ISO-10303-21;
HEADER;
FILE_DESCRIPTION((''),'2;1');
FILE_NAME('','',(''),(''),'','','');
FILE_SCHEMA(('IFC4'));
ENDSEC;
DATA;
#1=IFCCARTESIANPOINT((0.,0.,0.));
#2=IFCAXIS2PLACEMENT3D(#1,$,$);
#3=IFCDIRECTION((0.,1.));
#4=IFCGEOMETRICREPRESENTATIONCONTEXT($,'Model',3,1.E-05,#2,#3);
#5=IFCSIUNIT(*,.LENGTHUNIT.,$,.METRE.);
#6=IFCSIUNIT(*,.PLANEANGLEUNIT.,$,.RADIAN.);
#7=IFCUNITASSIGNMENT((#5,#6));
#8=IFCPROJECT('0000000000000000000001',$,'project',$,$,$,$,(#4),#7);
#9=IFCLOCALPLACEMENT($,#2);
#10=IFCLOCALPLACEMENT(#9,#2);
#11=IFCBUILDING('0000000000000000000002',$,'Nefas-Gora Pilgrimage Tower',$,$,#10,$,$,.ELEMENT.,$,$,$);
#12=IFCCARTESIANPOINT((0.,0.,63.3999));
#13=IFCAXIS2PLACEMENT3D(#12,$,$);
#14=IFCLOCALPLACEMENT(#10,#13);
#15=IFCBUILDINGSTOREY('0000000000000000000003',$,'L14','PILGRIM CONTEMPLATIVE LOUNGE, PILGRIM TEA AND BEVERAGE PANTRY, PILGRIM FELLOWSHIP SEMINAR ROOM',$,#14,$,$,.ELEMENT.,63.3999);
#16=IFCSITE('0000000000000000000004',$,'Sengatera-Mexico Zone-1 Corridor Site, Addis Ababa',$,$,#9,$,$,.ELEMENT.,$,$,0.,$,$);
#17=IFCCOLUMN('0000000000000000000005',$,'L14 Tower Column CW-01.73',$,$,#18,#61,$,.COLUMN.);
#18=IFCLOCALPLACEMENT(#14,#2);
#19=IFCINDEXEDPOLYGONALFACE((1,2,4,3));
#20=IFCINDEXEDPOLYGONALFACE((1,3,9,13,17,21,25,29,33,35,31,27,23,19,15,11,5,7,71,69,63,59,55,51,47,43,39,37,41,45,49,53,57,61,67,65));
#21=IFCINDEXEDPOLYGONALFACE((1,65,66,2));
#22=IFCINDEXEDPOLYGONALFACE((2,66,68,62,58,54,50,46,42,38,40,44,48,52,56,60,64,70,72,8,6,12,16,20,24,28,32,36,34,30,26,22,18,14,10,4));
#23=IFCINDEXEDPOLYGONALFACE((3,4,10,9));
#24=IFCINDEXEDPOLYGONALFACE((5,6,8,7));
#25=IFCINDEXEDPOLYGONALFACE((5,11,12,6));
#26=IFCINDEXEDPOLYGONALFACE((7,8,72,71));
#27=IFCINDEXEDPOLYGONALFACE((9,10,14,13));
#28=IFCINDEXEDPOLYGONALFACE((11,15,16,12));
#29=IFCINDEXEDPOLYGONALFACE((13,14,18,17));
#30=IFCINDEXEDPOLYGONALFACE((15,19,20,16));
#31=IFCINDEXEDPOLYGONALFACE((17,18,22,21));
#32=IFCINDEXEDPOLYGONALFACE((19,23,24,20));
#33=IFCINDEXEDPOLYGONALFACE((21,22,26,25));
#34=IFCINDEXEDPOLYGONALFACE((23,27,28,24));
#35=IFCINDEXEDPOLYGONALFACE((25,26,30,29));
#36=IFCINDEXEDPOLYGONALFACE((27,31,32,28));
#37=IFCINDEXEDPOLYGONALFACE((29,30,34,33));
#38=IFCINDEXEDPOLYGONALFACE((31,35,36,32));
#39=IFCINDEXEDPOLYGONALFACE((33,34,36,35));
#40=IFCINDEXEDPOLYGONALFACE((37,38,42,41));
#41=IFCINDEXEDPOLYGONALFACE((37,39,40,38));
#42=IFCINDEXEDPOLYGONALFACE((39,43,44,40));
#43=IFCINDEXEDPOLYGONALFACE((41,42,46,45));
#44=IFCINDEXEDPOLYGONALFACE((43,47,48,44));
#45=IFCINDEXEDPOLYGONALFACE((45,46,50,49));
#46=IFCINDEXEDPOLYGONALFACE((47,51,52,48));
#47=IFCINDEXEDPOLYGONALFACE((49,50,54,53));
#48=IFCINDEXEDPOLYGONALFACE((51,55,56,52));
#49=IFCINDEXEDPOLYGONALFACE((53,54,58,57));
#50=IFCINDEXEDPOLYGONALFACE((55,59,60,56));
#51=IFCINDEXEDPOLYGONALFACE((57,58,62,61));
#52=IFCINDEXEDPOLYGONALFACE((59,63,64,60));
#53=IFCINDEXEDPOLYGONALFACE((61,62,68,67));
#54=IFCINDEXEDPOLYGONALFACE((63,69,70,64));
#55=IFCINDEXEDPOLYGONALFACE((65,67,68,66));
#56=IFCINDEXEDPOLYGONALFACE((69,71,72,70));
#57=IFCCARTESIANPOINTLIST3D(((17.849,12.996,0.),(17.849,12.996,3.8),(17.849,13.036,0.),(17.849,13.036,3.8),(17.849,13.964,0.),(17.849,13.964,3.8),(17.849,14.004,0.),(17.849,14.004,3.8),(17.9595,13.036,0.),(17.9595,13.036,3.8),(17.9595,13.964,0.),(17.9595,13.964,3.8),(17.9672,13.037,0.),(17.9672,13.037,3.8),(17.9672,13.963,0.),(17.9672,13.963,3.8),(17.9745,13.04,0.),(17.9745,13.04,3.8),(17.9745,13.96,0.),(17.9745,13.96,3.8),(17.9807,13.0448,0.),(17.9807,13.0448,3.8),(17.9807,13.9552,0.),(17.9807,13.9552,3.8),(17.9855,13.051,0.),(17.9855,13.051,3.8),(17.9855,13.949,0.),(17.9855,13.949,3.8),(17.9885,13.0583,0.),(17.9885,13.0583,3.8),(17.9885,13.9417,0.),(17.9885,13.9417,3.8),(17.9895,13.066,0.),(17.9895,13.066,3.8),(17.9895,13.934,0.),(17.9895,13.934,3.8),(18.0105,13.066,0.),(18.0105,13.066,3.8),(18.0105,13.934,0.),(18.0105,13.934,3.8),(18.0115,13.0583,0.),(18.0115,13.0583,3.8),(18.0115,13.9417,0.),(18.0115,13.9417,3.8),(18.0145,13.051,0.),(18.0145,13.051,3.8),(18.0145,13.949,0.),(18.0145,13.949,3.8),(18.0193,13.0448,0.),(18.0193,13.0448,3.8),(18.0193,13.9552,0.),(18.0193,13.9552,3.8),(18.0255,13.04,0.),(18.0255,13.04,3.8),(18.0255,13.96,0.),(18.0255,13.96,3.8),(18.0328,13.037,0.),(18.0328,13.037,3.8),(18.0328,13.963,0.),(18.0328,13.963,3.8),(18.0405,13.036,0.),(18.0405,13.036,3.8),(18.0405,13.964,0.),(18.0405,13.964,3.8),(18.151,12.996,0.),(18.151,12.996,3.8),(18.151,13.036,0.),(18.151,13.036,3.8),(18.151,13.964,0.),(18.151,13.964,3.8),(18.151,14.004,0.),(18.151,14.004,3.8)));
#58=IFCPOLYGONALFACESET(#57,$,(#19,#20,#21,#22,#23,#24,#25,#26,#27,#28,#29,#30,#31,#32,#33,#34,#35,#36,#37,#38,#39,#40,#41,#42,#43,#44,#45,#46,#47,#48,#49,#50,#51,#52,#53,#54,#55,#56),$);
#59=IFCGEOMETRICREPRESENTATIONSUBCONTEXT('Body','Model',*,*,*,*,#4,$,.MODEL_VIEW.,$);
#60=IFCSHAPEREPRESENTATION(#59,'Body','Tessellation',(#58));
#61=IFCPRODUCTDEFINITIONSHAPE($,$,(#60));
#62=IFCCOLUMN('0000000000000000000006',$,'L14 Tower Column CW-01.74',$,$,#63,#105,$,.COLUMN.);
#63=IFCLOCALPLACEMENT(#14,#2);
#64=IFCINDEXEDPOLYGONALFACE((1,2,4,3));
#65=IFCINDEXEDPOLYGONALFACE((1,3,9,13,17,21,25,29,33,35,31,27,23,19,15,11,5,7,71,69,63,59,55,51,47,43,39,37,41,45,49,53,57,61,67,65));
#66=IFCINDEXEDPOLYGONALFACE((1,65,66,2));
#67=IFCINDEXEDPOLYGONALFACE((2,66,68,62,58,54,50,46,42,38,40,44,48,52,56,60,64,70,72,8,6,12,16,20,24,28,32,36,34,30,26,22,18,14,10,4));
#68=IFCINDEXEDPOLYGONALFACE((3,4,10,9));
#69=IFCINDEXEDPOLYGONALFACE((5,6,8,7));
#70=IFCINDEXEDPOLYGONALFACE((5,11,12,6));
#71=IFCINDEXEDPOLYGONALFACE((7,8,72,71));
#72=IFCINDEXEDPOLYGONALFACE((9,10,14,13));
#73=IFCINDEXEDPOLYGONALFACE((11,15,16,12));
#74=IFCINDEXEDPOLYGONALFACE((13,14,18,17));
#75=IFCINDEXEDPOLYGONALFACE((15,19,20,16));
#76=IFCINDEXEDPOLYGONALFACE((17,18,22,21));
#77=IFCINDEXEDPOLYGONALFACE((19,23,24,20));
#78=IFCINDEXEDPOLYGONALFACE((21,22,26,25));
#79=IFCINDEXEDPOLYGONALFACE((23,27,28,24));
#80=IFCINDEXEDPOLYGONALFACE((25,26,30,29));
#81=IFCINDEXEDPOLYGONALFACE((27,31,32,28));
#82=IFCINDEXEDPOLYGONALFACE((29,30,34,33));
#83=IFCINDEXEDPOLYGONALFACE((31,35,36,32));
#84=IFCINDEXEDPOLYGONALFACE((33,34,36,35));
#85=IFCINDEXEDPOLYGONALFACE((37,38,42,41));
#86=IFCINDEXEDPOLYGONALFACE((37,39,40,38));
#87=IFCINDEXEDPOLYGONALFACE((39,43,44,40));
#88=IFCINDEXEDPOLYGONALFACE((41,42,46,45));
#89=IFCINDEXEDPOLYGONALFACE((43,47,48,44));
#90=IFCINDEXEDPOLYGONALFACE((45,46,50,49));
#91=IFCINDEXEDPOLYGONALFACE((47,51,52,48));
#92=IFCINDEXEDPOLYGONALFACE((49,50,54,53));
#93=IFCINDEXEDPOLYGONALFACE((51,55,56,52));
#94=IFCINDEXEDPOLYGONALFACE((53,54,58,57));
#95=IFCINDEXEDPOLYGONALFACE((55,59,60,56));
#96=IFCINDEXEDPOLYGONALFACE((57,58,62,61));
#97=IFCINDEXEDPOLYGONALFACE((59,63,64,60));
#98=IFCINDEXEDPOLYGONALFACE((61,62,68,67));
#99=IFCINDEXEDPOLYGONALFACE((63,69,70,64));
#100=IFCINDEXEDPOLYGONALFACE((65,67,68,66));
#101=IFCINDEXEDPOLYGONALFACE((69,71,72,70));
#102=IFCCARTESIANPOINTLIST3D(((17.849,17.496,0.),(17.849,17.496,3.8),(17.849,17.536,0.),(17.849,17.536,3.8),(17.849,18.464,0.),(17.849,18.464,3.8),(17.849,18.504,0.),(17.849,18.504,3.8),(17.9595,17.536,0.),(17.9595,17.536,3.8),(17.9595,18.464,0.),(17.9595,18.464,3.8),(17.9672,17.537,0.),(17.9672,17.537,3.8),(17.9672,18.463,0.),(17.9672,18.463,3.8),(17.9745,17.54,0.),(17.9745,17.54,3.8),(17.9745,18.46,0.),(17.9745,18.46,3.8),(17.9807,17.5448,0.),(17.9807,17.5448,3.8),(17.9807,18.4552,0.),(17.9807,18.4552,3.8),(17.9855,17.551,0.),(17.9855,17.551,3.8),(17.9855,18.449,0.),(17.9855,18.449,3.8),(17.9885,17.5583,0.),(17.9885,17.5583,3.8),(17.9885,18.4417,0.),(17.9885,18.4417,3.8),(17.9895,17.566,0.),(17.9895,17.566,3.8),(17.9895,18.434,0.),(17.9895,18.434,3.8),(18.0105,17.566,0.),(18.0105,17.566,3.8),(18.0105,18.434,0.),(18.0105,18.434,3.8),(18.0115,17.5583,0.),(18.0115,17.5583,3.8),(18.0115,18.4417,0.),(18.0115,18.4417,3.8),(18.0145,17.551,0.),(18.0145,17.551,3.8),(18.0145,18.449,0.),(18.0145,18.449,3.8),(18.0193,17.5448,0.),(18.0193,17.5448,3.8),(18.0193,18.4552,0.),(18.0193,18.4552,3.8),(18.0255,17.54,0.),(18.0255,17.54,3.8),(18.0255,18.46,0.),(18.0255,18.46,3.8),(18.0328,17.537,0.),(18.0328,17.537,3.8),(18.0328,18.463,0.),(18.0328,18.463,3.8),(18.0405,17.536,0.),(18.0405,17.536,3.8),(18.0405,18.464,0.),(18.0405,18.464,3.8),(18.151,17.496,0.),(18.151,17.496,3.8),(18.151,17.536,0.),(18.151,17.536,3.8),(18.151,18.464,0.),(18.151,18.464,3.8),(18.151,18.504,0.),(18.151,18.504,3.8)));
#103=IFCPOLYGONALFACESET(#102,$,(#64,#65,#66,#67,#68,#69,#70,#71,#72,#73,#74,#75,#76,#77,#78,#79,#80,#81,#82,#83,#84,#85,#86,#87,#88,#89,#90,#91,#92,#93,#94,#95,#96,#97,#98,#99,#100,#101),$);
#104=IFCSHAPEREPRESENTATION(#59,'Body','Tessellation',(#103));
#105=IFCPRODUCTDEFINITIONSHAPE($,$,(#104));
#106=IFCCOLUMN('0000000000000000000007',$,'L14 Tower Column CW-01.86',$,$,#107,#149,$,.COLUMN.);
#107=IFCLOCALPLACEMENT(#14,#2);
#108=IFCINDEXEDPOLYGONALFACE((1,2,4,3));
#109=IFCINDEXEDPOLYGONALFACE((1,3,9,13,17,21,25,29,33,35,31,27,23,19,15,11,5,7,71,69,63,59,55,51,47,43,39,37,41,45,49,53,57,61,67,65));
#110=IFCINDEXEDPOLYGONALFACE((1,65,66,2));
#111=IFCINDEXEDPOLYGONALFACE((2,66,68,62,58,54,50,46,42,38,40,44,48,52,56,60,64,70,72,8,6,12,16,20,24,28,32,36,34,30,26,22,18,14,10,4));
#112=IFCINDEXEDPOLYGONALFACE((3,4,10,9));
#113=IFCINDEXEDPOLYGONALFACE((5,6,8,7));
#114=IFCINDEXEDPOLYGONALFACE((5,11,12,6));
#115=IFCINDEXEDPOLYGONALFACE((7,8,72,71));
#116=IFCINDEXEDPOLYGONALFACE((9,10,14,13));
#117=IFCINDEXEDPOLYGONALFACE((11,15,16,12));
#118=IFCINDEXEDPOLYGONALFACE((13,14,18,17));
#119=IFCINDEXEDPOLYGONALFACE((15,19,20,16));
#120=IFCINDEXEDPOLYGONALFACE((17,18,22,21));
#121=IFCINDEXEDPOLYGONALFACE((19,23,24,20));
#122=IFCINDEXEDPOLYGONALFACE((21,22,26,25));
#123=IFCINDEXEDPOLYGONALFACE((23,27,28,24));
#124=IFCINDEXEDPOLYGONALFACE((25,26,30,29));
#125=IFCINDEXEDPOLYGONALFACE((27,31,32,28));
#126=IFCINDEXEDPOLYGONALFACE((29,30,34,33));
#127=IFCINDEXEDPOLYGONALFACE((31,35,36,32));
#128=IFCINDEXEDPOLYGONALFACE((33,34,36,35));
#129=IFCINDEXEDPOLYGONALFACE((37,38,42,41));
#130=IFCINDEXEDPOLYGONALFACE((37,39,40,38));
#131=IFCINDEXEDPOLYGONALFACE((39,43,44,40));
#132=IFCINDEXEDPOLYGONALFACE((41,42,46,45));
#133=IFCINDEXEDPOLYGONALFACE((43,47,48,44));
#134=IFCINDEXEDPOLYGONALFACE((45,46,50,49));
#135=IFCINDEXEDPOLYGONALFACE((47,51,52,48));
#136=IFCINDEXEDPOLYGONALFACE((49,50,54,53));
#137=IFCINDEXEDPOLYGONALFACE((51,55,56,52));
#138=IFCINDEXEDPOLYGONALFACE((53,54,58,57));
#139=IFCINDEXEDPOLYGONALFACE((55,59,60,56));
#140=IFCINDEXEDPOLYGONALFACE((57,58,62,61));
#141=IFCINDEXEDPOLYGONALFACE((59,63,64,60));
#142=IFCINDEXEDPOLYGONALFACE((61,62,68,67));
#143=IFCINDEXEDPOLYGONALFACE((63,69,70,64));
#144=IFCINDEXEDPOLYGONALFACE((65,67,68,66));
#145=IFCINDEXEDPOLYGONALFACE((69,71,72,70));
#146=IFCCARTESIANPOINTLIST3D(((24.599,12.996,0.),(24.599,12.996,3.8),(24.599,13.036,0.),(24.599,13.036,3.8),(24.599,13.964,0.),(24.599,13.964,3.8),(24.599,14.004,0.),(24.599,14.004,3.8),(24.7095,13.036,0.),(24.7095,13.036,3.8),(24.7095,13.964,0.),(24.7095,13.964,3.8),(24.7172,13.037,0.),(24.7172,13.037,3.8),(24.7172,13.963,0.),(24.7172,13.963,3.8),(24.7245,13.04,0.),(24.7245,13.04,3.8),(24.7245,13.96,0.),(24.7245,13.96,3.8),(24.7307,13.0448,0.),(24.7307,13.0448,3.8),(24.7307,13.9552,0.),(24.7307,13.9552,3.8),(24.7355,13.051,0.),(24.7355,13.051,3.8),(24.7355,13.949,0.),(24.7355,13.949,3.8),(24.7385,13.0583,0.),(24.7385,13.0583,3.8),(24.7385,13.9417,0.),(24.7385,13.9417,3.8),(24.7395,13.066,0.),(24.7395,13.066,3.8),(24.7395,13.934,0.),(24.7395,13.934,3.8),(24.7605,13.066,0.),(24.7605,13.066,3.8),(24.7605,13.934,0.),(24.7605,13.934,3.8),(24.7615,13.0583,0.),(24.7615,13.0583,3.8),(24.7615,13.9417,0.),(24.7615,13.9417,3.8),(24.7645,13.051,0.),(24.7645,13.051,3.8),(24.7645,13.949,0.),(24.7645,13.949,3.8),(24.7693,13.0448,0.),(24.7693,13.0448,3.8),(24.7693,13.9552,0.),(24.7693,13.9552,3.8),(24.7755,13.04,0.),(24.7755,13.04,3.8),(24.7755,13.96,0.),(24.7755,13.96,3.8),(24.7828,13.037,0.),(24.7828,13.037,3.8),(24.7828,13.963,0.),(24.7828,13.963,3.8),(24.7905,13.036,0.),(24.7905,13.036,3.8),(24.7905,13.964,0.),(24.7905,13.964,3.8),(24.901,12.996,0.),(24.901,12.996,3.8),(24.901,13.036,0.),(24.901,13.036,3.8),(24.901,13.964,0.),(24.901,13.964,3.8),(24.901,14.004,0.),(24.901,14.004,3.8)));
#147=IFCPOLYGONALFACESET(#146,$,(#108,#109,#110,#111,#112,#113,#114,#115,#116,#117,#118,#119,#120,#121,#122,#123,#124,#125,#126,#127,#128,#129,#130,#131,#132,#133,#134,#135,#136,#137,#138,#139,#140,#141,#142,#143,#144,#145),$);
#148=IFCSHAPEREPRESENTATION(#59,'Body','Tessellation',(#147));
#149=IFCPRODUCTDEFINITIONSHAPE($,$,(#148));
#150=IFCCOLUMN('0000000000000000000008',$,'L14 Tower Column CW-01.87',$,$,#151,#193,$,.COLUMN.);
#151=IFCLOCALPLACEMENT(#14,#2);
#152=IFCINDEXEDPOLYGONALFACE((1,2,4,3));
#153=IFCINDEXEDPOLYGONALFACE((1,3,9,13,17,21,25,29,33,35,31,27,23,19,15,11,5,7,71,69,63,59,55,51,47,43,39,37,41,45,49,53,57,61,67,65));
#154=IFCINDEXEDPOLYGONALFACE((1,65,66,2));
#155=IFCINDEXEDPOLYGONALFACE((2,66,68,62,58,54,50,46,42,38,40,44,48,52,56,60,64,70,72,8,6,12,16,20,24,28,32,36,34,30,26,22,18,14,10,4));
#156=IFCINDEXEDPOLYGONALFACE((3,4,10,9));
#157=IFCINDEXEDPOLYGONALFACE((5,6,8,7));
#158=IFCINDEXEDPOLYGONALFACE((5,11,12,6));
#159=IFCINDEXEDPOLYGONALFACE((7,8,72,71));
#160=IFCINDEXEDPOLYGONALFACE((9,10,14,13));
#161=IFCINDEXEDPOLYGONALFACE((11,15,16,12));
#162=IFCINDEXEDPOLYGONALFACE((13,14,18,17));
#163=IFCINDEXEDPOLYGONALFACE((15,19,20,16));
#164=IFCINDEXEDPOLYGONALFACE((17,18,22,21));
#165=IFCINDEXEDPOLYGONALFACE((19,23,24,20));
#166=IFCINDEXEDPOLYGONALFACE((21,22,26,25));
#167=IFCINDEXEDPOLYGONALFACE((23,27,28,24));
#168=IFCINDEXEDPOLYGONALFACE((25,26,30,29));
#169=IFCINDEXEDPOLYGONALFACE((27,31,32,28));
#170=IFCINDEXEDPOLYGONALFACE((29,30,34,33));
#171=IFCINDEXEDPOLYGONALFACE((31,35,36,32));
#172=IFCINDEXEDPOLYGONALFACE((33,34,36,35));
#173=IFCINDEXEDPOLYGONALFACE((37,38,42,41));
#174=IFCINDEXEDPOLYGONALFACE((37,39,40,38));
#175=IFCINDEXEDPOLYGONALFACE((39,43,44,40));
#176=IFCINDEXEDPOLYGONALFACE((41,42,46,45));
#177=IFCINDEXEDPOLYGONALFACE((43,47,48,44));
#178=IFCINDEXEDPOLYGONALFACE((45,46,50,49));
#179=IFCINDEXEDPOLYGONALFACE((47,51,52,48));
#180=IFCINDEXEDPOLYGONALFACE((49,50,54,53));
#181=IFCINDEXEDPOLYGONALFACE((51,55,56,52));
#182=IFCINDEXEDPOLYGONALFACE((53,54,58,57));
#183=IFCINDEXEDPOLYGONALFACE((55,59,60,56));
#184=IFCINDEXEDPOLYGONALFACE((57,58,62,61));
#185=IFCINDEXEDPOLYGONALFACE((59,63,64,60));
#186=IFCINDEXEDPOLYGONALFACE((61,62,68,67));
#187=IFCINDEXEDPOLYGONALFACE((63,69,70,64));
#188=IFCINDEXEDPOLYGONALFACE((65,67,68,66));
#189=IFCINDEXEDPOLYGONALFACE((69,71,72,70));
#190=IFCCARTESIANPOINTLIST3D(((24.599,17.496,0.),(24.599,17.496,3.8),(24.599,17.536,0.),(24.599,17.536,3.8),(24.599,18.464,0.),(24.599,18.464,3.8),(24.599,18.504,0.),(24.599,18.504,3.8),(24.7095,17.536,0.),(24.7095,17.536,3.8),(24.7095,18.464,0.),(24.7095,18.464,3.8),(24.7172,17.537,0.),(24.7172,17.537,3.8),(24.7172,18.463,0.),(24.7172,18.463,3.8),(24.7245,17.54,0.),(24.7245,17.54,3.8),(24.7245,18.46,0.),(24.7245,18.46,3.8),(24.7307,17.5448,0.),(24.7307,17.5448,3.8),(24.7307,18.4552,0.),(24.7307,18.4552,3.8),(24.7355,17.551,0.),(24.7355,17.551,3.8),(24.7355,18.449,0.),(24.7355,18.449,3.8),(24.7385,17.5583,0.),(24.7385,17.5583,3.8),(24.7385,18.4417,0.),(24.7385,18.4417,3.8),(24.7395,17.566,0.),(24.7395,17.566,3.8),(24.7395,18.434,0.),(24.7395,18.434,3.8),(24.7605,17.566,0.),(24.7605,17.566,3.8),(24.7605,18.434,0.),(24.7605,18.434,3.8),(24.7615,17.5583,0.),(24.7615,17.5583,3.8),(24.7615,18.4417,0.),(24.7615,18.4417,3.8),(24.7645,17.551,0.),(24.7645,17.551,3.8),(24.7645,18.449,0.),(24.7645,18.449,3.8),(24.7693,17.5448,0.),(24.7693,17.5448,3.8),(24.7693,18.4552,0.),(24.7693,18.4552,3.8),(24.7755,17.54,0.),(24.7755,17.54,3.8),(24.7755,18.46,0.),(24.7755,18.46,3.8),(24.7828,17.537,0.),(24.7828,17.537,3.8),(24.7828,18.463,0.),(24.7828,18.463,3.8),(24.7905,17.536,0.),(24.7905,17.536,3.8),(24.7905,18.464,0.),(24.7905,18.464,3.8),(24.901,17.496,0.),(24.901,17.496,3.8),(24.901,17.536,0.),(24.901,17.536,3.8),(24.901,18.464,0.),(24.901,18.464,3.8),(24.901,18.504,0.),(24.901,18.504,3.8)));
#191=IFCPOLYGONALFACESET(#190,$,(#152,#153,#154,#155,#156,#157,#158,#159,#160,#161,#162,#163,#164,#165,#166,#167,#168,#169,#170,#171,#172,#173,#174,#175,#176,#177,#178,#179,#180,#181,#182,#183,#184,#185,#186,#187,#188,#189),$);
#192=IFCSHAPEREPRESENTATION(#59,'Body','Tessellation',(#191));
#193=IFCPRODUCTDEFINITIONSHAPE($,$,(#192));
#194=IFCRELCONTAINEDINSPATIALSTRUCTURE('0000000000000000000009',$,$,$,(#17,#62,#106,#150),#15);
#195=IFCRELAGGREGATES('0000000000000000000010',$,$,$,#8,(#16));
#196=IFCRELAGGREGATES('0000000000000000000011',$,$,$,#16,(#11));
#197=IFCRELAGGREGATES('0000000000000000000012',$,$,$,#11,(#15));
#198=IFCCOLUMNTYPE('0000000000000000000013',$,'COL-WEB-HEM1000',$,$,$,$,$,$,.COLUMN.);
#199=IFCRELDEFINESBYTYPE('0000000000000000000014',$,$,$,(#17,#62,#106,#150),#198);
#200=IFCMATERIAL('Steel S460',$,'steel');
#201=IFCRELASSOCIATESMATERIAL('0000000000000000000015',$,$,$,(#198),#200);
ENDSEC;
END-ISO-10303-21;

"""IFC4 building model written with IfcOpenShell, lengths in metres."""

from ifc_helpers import new_model, si_unit, direction, frame, origin, origin_2d, place, context, subcontext, project, spatial, i_section, extrude, source, transform, mapped, material, material_profile, profile_set, type_object, element, save


model = new_model("IFC4")

# Units and contexts
model_context = context("Model", 3, precision=1e-05, world=origin(), true_north=direction((0.0, 1.0)))
body_context = subcontext(model_context, "Body", "Model", "MODEL_VIEW")
ifc_project = project(units=[si_unit("LENGTHUNIT", "METRE"), si_unit("PLANEANGLEUNIT", "RADIAN")], contexts=[model_context])

# Site, building, storey
site_placement = place(None, origin())
site = spatial("IfcSite", under=ifc_project, at=site_placement, Name="Sengatera-Mexico Zone-1 Corridor Site, Addis Ababa", CompositionType="ELEMENT", RefElevation=0.0)
building_placement = place(site_placement, origin())
building = spatial("IfcBuilding", under=site, at=building_placement, Name="Nefas-Gora Pilgrimage Tower", CompositionType="ELEMENT")
storey_placement = place(building_placement, frame((0.0, 0.0, 63.3999)))
storey = spatial("IfcBuildingStorey", under=building, at=storey_placement, Name="L14", Description="PILGRIM CONTEMPLATIVE LOUNGE, PILGRIM TEA AND BEVERAGE PANTRY, PILGRIM FELLOWSHIP SEMINAR ROOM", CompositionType="ELEMENT", Elevation=63.3999)

# Columns
ifc_material_1 = material(Name="Steel S460", Category="steel")
ifc_material_profile_1 = material_profile(ifc_material_1, i_section(OverallWidth=0.302, OverallDepth=1.0081, WebThickness=0.021, FlangeThickness=0.04, FilletRadius=0.03, at=origin_2d()), Name="HEM 1000")
ifc_profile_set_1 = profile_set([ifc_material_profile_1], Name="Steel S460")
column_type_1 = type_object("IfcColumnType", Name="COL-WEB-HEM1000", PredefinedType="COLUMN", material=ifc_profile_set_1)
shared_shape_1 = source(origin(), body_context, "Body", "SweptSolid", [
    extrude(i_section(OverallWidth=0.302, OverallDepth=1.0081, WebThickness=0.021, FlangeThickness=0.04, FilletRadius=0.03, at=origin_2d()), origin(), (0.0, 0.0, 1.0), 3.8),
])
for number, where, z_axis, x_axis, name in (
    (1, (18.0, 13.5, 0.0), (0.0, 0.0, 1.0), (1.0, 0.0, 0.0), "L14 Tower Column CW-01.73"),
    (2, (18.0, 18.0, 0.0), (0.0, 0.0, 1.0), (1.0, 0.0, 0.0), "L14 Tower Column CW-01.74"),
    (3, (24.75, 13.5, 0.0), (0.0, 0.0, 1.0), (1.0, 0.0, 0.0), "L14 Tower Column CW-01.86"),
    (4, (24.75, 18.0, 0.0), (0.0, 0.0, 1.0), (1.0, 0.0, 0.0), "L14 Tower Column CW-01.87"),
):
    element("IfcColumn", number, at=place(storey_placement, frame(where, z_axis=z_axis, x_axis=x_axis)), inside=storey, type_object=column_type_1, Name=name, PredefinedType="COLUMN", context=body_context, shape_type="MappedRepresentation", body=[
        mapped(shared_shape_1, transform((0.0, 0.0, 0.0), x_axis=(1.0, 0.0, 0.0), y_axis=(0.0, 1.0, 0.0), z_axis=(0.0, 0.0, 1.0), scale=1.0)),
    ])

save(model, "model.ifc")
